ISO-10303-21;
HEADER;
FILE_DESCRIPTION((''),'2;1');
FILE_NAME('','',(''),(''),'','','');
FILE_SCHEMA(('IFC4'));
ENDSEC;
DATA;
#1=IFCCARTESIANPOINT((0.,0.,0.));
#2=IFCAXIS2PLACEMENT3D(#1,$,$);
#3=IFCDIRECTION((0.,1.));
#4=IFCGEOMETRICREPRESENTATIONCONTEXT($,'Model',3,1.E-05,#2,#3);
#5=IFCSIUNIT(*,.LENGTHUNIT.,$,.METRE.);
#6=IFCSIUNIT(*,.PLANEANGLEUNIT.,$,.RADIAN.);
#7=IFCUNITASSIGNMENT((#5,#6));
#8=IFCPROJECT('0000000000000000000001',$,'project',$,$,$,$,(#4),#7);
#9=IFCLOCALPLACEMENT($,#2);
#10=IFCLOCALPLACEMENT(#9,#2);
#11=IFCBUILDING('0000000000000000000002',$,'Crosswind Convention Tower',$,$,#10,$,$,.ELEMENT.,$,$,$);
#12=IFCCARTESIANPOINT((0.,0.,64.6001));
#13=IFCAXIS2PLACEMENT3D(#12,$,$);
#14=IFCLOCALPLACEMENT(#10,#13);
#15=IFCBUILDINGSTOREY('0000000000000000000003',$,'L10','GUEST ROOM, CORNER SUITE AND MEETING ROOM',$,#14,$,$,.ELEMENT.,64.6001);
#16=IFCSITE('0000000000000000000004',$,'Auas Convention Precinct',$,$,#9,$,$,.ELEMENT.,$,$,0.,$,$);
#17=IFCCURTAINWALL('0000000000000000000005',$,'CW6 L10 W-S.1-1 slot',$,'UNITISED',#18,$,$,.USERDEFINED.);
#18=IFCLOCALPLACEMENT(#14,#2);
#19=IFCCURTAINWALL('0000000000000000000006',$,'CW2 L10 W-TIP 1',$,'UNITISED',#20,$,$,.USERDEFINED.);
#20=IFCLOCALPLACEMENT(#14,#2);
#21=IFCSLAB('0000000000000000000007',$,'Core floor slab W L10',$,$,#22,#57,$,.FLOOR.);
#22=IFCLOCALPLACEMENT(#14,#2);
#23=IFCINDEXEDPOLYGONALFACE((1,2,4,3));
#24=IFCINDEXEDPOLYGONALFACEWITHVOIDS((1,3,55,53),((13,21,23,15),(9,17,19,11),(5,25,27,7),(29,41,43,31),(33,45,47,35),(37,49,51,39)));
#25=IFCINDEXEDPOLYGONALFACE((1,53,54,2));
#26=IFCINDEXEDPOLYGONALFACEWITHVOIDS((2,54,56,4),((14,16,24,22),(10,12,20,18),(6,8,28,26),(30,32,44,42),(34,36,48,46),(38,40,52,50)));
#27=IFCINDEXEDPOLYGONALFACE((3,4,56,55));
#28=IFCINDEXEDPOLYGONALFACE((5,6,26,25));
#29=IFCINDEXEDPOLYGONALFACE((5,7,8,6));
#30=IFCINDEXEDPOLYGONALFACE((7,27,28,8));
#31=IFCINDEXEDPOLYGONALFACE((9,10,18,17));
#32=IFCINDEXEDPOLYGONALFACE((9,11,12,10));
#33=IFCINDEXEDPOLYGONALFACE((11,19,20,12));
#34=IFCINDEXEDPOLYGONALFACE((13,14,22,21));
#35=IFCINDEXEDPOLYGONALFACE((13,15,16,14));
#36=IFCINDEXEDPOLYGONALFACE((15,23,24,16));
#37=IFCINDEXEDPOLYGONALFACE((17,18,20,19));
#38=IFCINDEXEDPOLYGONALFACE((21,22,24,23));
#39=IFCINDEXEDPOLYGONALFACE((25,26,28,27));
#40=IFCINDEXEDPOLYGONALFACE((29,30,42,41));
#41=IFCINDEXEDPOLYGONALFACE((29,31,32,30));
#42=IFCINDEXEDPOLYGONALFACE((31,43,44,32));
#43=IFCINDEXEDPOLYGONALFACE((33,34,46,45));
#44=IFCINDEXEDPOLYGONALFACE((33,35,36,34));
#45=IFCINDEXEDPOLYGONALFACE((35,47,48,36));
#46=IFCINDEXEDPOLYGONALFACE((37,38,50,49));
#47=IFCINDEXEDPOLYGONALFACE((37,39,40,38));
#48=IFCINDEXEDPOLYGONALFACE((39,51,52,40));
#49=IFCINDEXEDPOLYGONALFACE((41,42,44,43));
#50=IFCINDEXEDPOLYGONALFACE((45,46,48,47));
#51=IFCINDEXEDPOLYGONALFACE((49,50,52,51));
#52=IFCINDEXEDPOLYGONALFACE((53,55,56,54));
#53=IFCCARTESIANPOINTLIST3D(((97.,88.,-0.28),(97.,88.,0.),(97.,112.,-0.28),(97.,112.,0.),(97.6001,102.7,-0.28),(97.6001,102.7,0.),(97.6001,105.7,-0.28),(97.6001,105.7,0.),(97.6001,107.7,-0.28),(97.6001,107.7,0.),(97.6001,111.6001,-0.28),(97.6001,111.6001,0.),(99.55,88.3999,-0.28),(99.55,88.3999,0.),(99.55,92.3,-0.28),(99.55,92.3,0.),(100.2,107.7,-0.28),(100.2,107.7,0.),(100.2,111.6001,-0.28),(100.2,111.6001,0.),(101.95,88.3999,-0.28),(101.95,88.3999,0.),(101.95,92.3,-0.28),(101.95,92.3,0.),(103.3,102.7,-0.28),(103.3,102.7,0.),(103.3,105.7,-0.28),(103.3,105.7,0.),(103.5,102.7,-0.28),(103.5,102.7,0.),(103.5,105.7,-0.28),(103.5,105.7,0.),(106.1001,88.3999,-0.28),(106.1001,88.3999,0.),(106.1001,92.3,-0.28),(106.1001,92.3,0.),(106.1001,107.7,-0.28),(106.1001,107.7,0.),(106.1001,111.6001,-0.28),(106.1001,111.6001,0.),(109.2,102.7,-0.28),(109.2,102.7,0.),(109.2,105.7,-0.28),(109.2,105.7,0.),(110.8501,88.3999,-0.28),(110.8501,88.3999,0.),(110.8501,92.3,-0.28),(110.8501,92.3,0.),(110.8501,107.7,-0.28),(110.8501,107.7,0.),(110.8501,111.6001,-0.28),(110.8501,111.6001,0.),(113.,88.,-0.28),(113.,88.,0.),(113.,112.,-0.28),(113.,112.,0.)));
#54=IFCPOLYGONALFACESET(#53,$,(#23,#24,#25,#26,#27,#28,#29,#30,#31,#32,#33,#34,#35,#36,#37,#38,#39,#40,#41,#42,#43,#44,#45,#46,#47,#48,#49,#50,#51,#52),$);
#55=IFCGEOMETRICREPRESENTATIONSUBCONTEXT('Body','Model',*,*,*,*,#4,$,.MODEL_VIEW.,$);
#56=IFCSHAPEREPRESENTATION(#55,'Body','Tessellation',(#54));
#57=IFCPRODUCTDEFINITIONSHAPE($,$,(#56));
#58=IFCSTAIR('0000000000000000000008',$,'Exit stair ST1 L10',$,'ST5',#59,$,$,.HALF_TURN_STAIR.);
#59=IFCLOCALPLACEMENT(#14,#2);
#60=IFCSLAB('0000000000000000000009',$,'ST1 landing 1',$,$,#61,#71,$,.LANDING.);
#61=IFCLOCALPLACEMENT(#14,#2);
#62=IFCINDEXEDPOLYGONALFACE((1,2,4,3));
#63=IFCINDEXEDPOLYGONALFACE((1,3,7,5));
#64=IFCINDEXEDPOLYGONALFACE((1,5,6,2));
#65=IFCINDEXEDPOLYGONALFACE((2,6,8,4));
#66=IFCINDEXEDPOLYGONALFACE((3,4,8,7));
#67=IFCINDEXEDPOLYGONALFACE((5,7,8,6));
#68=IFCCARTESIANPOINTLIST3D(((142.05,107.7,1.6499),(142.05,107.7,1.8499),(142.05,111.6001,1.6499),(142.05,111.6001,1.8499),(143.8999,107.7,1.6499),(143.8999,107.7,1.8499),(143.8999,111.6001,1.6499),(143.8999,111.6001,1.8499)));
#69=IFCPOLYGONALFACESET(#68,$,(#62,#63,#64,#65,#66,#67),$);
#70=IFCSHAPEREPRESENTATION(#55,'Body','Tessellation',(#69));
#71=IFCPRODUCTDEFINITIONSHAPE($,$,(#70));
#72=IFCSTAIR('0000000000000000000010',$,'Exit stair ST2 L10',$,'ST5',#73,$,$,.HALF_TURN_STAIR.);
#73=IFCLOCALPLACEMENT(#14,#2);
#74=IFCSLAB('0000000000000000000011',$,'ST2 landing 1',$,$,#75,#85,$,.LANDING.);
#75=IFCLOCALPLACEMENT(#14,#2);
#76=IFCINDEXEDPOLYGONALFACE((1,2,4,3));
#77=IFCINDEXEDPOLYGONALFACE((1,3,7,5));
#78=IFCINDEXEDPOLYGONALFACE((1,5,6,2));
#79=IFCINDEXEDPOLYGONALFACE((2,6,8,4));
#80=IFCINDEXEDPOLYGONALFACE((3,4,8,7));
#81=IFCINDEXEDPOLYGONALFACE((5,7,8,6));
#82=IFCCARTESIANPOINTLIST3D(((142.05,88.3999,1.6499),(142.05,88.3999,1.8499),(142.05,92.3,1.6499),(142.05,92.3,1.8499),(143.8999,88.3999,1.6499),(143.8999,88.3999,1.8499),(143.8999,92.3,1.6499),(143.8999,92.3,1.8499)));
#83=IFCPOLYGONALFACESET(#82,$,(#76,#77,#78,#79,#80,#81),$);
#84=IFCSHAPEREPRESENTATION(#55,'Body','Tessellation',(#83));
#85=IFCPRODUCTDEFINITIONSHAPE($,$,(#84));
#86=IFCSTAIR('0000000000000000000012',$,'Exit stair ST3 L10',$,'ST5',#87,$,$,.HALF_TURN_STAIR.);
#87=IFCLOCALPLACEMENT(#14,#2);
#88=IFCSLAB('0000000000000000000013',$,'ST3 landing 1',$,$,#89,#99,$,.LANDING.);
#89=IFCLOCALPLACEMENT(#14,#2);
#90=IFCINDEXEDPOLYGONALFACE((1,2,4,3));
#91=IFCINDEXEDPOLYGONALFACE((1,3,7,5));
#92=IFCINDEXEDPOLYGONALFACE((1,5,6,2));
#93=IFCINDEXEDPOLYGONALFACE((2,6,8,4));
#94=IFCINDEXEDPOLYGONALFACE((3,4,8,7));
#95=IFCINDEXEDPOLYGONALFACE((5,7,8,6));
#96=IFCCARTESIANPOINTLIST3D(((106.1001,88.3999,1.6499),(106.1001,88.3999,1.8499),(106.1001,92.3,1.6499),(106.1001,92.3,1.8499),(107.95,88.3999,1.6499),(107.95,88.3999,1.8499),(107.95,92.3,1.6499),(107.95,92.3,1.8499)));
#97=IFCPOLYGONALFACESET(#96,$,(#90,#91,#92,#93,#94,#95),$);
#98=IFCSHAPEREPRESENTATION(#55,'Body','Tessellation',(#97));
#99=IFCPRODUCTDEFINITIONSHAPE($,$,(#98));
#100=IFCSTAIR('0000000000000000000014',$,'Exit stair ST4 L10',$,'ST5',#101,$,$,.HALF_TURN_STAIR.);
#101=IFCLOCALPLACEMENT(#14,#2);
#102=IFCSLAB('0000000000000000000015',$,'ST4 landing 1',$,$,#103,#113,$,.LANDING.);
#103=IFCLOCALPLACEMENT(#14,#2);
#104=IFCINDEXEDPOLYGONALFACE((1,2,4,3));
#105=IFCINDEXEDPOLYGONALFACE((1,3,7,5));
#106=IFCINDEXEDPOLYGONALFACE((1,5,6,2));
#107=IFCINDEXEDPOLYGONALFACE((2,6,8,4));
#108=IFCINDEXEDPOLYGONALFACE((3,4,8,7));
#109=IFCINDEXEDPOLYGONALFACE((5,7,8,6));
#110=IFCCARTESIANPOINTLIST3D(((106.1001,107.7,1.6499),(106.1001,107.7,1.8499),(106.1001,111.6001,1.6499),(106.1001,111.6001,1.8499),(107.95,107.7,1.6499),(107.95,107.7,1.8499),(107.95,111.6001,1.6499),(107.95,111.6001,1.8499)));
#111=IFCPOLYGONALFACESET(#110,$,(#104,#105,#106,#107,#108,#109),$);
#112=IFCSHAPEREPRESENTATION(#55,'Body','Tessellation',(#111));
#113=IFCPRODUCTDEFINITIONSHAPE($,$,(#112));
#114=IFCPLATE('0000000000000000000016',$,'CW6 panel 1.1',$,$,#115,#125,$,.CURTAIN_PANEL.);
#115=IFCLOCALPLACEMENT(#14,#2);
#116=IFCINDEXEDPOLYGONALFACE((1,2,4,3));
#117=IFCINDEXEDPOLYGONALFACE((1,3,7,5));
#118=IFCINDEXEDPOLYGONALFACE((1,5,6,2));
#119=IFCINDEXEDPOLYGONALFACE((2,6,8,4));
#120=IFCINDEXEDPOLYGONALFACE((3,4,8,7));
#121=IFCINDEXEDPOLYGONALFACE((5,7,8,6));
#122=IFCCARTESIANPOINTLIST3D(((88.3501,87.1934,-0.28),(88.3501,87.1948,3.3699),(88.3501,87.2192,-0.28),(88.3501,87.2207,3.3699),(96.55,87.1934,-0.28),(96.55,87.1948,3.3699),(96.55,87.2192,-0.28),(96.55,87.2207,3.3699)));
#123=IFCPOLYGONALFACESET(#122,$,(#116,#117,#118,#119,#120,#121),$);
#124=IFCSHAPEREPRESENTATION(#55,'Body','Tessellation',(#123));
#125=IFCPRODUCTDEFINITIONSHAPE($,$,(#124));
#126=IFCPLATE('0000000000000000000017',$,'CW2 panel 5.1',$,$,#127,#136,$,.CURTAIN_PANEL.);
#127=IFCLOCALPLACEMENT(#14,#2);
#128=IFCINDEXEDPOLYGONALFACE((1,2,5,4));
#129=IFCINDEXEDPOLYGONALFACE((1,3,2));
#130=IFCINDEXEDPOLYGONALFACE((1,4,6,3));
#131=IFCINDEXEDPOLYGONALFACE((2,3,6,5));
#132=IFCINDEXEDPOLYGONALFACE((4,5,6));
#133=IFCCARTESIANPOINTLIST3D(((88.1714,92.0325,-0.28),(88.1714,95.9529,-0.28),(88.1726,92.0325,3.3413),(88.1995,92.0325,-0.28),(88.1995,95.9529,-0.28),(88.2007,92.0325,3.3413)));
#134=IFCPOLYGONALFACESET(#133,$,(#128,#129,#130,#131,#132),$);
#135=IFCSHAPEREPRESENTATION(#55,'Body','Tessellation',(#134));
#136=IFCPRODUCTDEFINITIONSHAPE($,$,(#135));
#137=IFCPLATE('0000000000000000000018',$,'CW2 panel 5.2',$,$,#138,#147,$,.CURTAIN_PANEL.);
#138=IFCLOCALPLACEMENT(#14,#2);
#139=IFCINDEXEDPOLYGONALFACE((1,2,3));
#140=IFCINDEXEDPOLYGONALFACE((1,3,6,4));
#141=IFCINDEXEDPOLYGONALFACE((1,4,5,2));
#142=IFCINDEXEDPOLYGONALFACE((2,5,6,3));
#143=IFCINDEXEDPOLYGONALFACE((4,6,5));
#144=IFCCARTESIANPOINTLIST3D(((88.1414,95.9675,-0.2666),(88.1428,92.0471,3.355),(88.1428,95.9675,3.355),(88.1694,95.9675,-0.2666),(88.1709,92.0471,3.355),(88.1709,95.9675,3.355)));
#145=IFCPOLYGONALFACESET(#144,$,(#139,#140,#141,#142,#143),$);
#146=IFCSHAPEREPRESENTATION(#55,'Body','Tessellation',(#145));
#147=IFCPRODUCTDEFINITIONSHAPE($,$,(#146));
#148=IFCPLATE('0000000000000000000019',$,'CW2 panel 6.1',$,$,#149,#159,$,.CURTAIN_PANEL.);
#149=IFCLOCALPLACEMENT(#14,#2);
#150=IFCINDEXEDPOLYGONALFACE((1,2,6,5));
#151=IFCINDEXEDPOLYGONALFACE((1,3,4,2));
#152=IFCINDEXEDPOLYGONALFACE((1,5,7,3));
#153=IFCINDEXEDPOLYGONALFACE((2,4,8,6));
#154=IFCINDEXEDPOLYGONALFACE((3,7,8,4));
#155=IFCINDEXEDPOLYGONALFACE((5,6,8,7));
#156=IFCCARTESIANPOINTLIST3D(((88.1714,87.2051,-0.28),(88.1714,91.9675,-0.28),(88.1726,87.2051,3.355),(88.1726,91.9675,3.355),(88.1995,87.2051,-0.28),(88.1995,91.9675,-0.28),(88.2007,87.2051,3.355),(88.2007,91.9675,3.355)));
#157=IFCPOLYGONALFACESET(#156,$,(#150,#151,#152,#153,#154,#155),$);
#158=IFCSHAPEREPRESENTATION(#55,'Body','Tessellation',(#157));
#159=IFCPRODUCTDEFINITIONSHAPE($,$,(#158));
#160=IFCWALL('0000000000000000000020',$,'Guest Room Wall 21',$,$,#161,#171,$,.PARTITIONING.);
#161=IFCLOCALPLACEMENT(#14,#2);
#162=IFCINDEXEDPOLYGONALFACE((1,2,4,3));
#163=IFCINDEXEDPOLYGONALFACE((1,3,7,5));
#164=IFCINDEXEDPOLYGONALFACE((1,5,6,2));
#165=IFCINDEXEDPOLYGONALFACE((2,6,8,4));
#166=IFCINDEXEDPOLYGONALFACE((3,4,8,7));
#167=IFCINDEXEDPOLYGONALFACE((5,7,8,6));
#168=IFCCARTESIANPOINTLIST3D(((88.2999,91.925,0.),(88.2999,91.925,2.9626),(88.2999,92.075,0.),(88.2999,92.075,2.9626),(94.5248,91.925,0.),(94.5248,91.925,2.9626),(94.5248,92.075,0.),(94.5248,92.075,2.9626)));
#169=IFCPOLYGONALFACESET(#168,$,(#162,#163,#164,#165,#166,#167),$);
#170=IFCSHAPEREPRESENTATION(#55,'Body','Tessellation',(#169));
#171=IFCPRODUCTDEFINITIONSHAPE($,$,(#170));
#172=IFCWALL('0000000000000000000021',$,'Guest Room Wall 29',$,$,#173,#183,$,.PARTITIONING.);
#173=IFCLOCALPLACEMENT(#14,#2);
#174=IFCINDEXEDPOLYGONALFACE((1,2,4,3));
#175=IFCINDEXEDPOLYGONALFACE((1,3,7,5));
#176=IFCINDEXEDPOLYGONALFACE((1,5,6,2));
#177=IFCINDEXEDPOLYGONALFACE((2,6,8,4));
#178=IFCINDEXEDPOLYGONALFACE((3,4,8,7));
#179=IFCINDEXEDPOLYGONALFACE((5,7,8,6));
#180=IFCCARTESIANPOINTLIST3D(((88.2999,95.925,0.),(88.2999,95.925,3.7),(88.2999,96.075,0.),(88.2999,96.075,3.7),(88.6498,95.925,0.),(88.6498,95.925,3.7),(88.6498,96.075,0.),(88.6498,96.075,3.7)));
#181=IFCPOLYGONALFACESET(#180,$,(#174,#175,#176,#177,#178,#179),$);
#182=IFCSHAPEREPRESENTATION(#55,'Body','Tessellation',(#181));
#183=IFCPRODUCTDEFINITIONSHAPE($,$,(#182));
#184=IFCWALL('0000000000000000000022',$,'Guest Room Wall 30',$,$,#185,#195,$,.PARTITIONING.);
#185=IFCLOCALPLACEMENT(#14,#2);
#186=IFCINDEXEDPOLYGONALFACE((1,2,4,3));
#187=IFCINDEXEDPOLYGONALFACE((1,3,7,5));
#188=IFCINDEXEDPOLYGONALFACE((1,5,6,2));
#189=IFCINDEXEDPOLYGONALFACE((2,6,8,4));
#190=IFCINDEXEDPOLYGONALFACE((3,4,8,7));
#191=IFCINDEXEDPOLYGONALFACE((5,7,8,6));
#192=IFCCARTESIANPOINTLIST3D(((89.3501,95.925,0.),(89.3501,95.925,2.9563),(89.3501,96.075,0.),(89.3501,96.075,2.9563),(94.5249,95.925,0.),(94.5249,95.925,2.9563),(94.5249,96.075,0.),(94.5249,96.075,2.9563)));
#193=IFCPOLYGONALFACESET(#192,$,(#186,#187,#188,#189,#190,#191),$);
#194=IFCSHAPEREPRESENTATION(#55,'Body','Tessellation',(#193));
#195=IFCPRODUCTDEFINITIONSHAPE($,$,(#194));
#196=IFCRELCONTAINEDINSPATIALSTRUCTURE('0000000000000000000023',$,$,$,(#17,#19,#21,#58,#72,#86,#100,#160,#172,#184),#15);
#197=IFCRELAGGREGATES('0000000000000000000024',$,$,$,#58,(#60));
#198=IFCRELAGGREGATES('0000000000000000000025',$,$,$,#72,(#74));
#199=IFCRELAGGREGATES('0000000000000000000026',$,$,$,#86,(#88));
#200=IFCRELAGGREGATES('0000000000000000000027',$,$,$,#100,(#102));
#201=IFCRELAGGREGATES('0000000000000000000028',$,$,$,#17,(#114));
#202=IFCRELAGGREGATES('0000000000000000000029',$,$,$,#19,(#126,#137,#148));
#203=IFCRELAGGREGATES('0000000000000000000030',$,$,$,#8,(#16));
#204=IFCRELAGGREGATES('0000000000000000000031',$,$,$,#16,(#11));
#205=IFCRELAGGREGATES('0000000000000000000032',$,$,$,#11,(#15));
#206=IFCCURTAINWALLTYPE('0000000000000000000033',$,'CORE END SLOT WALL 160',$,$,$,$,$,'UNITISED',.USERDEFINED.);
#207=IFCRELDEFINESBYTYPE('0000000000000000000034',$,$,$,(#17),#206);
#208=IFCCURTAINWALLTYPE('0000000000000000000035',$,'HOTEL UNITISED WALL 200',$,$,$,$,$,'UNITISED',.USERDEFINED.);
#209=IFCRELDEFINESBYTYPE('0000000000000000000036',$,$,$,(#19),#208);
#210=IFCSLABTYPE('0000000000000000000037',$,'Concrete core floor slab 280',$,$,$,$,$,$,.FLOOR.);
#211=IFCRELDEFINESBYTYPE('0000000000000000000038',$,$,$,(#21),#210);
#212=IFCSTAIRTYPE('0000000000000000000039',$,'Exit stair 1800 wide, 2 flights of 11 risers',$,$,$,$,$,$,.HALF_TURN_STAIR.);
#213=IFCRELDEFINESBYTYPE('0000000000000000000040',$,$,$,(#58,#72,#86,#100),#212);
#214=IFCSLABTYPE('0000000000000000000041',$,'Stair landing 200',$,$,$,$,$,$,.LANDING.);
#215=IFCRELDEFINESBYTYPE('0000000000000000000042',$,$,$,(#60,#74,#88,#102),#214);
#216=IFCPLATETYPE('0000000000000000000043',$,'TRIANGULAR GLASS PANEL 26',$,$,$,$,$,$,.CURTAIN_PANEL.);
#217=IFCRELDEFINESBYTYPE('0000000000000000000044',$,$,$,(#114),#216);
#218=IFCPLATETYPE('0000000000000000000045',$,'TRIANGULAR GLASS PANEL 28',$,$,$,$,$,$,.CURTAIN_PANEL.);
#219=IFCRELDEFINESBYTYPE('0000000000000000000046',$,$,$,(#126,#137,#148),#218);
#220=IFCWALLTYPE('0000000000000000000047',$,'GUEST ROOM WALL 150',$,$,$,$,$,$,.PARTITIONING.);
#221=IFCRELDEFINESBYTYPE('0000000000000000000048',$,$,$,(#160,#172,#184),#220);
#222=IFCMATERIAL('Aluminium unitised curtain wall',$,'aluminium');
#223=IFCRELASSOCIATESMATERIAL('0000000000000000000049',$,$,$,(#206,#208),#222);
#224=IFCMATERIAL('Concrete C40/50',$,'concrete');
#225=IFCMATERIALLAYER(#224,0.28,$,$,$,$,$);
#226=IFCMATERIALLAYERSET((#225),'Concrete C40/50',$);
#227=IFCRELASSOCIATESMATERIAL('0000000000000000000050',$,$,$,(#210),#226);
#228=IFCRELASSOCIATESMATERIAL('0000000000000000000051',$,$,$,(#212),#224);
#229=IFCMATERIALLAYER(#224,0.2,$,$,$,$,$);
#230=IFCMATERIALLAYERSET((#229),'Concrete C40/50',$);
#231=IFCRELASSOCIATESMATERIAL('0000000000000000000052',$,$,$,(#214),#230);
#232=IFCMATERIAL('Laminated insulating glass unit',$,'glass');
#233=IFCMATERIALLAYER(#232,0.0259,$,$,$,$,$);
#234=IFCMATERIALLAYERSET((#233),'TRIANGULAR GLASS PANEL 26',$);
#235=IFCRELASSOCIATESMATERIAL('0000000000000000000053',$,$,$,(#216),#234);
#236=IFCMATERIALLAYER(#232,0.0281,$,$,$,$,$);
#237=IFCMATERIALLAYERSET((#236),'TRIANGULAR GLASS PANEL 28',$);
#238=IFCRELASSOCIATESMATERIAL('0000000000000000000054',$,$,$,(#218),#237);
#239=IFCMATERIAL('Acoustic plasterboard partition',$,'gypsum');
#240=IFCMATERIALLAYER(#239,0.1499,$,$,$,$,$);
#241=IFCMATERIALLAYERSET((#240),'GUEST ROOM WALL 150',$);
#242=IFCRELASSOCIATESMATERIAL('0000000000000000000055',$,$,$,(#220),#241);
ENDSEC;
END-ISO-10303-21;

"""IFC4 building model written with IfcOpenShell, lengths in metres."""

from ifc_helpers import new_model, si_unit, direction, frame, frame_2d, origin, place, context, subcontext, project, spatial, polyline, rectangle, outline, extrude, material, layer, layer_set, type_object, element, aggregate, save


model = new_model("IFC4")

# Units and contexts
model_context = context("Model", 3, precision=1e-05, world=origin(), true_north=direction((0.0, 1.0)))
body_context = subcontext(model_context, "Body", "Model", "MODEL_VIEW")
ifc_project = project(units=[si_unit("LENGTHUNIT", "METRE"), si_unit("PLANEANGLEUNIT", "RADIAN")], contexts=[model_context])

# Site, building, storey
site_placement = place(None, origin())
site = spatial("IfcSite", under=ifc_project, at=site_placement, Name="Auas Convention Precinct", CompositionType="ELEMENT", RefElevation=0.0)
building_placement = place(site_placement, origin())
building = spatial("IfcBuilding", under=site, at=building_placement, Name="Crosswind Convention Tower", CompositionType="ELEMENT")
storey_placement = place(building_placement, frame((0.0, 0.0, 64.6001)))
storey = spatial("IfcBuildingStorey", under=building, at=storey_placement, Name="L10", Description="GUEST ROOM, CORNER SUITE AND MEETING ROOM", CompositionType="ELEMENT", Elevation=64.6001)

# Curtain wall
ifc_material_1 = material(Name="Aluminium unitised curtain wall", Category="aluminium")
curtain_wall_type_1 = type_object("IfcCurtainWallType", Name="CORE END SLOT WALL 160", ElementType="UNITISED", PredefinedType="USERDEFINED", material=ifc_material_1)
curtain_wall_1_placement = place(storey_placement, origin())
curtain_wall_1 = element("IfcCurtainWall", 1, at=curtain_wall_1_placement, inside=storey, type_object=curtain_wall_type_1, Name="CW6 L10 W-S.1-1 slot", ObjectType="UNITISED", PredefinedType="USERDEFINED")

# Curtain wall
curtain_wall_type_2 = type_object("IfcCurtainWallType", Name="HOTEL UNITISED WALL 200", ElementType="UNITISED", PredefinedType="USERDEFINED", material=ifc_material_1)
curtain_wall_2_placement = place(storey_placement, origin())
curtain_wall_2 = element("IfcCurtainWall", 2, at=curtain_wall_2_placement, inside=storey, type_object=curtain_wall_type_2, Name="CW2 L10 W-TIP 1", ObjectType="UNITISED", PredefinedType="USERDEFINED")

# Slab
ifc_material_2 = material(Name="Concrete C40/50", Category="concrete")
ifc_layer_1 = layer(ifc_material_2, 0.28)
ifc_layer_set_1 = layer_set([ifc_layer_1], Name="Concrete C40/50")
slab_type_1 = type_object("IfcSlabType", Name="Concrete core floor slab 280", PredefinedType="FLOOR", material=ifc_layer_set_1)
slab_1_placement = place(storey_placement, frame((0.0, 0.0, -0.28)))
element("IfcSlab", 3, at=slab_1_placement, inside=storey, type_object=slab_type_1, Name="Core floor slab W L10", PredefinedType="FLOOR", context=body_context, shape_type="SweptSolid", body=[
    extrude(outline(polyline([(97.0, 88.0), (113.0, 88.0), (113.0, 112.0), (97.0, 112.0), (97.0, 88.0)]), holes=[polyline([(109.2, 102.7), (109.2, 105.7), (103.5, 105.7), (103.5, 102.7), (109.2, 102.7)]), polyline([(103.3, 102.7), (103.3, 105.7), (97.6001, 105.7), (97.6001, 102.7), (103.3, 102.7)]), polyline([(101.95, 88.3999), (101.95, 92.3), (99.55, 92.3), (99.55, 88.3999), (101.95, 88.3999)]), polyline([(100.2, 107.7), (100.2, 111.6001), (97.6001, 111.6001), (97.6001, 107.7), (100.2, 107.7)]), polyline([(110.8501, 88.3999), (110.8501, 92.3), (106.1001, 92.3), (106.1001, 88.3999), (110.8501, 88.3999)]), polyline([(110.8501, 107.7), (110.8501, 111.6001), (106.1001, 111.6001), (106.1001, 107.7), (110.8501, 107.7)])]), origin(), (0.0, 0.0, 1.0), 0.28),
])

# Stairs, slabs
stair_type = type_object("IfcStairType", Name="Exit stair 1800 wide, 2 flights of 11 risers", PredefinedType="HALF_TURN_STAIR", material=ifc_material_2)
stair_1_placement = place(storey_placement, origin())
stair_1 = element("IfcStair", 4, at=stair_1_placement, inside=storey, type_object=stair_type, Name="Exit stair ST1 L10", ObjectType="ST5", PredefinedType="HALF_TURN_STAIR")
ifc_layer_2 = layer(ifc_material_2, 0.2)
ifc_layer_set_2 = layer_set([ifc_layer_2], Name="Concrete C40/50")
slab_type_2 = type_object("IfcSlabType", Name="Stair landing 200", PredefinedType="LANDING", material=ifc_layer_set_2)
slab_2_placement = place(storey_placement, frame((0.0, 0.0, 1.6499)))
slab_2 = element("IfcSlab", 5, at=slab_2_placement, type_object=slab_type_2, Name="ST1 landing 1", PredefinedType="LANDING", context=body_context, shape_type="SweptSolid", body=[
    extrude(outline(polyline([(143.8999, 107.7), (143.8999, 111.6001), (142.05, 111.6001), (142.05, 107.7), (143.8999, 107.7)])), origin(), (0.0, 0.0, 1.0), 0.2),
])
aggregate(stair_1, [slab_2])
stair_2_placement = place(storey_placement, origin())
stair_2 = element("IfcStair", 6, at=stair_2_placement, inside=storey, type_object=stair_type, Name="Exit stair ST2 L10", ObjectType="ST5", PredefinedType="HALF_TURN_STAIR")
slab_3_placement = place(storey_placement, frame((0.0, 0.0, 1.6499)))
slab_3 = element("IfcSlab", 7, at=slab_3_placement, type_object=slab_type_2, Name="ST2 landing 1", PredefinedType="LANDING", context=body_context, shape_type="SweptSolid", body=[
    extrude(outline(polyline([(143.8999, 88.3999), (143.8999, 92.3), (142.05, 92.3), (142.05, 88.3999), (143.8999, 88.3999)])), origin(), (0.0, 0.0, 1.0), 0.2),
])
aggregate(stair_2, [slab_3])
stair_3_placement = place(storey_placement, origin())
stair_3 = element("IfcStair", 8, at=stair_3_placement, inside=storey, type_object=stair_type, Name="Exit stair ST3 L10", ObjectType="ST5", PredefinedType="HALF_TURN_STAIR")
slab_4_placement = place(storey_placement, frame((0.0, 0.0, 1.6499)))
slab_4 = element("IfcSlab", 9, at=slab_4_placement, type_object=slab_type_2, Name="ST3 landing 1", PredefinedType="LANDING", context=body_context, shape_type="SweptSolid", body=[
    extrude(outline(polyline([(107.95, 88.3999), (107.95, 92.3), (106.1001, 92.3), (106.1001, 88.3999), (107.95, 88.3999)])), origin(), (0.0, 0.0, 1.0), 0.2),
])
aggregate(stair_3, [slab_4])
stair_4_placement = place(storey_placement, origin())
stair_4 = element("IfcStair", 10, at=stair_4_placement, inside=storey, type_object=stair_type, Name="Exit stair ST4 L10", ObjectType="ST5", PredefinedType="HALF_TURN_STAIR")
slab_5_placement = place(storey_placement, frame((0.0, 0.0, 1.6499)))
slab_5 = element("IfcSlab", 11, at=slab_5_placement, type_object=slab_type_2, Name="ST4 landing 1", PredefinedType="LANDING", context=body_context, shape_type="SweptSolid", body=[
    extrude(outline(polyline([(107.95, 107.7), (107.95, 111.6001), (106.1001, 111.6001), (106.1001, 107.7), (107.95, 107.7)])), origin(), (0.0, 0.0, 1.0), 0.2),
])
aggregate(stair_4, [slab_5])

# Plates
ifc_material_3 = material(Name="Laminated insulating glass unit", Category="glass")
ifc_layer_3 = layer(ifc_material_3, 0.0259)
ifc_layer_set_3 = layer_set([ifc_layer_3], Name="TRIANGULAR GLASS PANEL 26")
plate_type_1 = type_object("IfcPlateType", Name="TRIANGULAR GLASS PANEL 26", PredefinedType="CURTAIN_PANEL", material=ifc_layer_set_3)
plate_1_placement = place(storey_placement, frame((88.3501, 87.1934, -0.28), z_axis=(0.0, -1.0, 0.000401), x_axis=(1.0, 0.0, 0.0)))
plate_1 = element("IfcPlate", 12, at=plate_1_placement, type_object=plate_type_1, Name="CW6 panel 1.1", PredefinedType="CURTAIN_PANEL", context=body_context, shape_type="SweptSolid", body=[
    extrude(outline(polyline([(0.0, 0.0), (8.2, 0.0), (8.2, 3.6499), (0.0, 3.6499), (0.0, 0.0)])), origin(), (0.0, 0.0, -1.0), 0.0259),
])
aggregate(curtain_wall_1, [plate_1])
ifc_layer_4 = layer(ifc_material_3, 0.0281)
ifc_layer_set_4 = layer_set([ifc_layer_4], Name="TRIANGULAR GLASS PANEL 28")
plate_type_2 = type_object("IfcPlateType", Name="TRIANGULAR GLASS PANEL 28", PredefinedType="CURTAIN_PANEL", material=ifc_layer_set_4)
plate_2_placement = place(storey_placement, frame((88.1714, 92.0325, -0.28), z_axis=(-1.0, 0.0, 0.000337), x_axis=(0.000337, 0.0, 1.0)))
plate_2 = element("IfcPlate", 13, at=plate_2_placement, type_object=plate_type_2, Name="CW2 panel 5.1", PredefinedType="CURTAIN_PANEL", context=body_context, shape_type="SweptSolid", body=[
    extrude(outline(polyline([(0.0, 0.0), (3.6213, 0.0), (0.0, 3.9204), (0.0, 0.0)])), origin(), (0.0, 0.0, -1.0), 0.0281),
])
plate_3_placement = place(storey_placement, frame((88.1428, 95.9675, 3.355), z_axis=(-1.0, 0.0, 0.000404), x_axis=(-0.000404, 0.0, -1.0)))
plate_3 = element("IfcPlate", 14, at=plate_3_placement, type_object=plate_type_2, Name="CW2 panel 5.2", PredefinedType="CURTAIN_PANEL", context=body_context, shape_type="SweptSolid", body=[
    extrude(outline(polyline([(0.0, 0.0), (3.6216, 0.0), (0.0, 3.9204), (0.0, 0.0)])), origin(), (0.0, 0.0, -1.0), 0.0281),
])
plate_4_placement = place(storey_placement, frame((88.1714, 91.9675, -0.28), z_axis=(-1.0, 0.0, 0.000336), x_axis=(0.0, -1.0, 0.0)))
plate_4 = element("IfcPlate", 15, at=plate_4_placement, type_object=plate_type_2, Name="CW2 panel 6.1", PredefinedType="CURTAIN_PANEL", context=body_context, shape_type="SweptSolid", body=[
    extrude(outline(polyline([(0.0, 0.0), (4.7625, 0.0), (4.7625, 3.635), (0.0, 3.635), (0.0, 0.0)])), origin(), (0.0, 0.0, -1.0), 0.0281),
])
aggregate(curtain_wall_2, [plate_2, plate_3, plate_4])

# Walls
ifc_material_4 = material(Name="Acoustic plasterboard partition", Category="gypsum")
ifc_layer_5 = layer(ifc_material_4, 0.1499)
ifc_layer_set_5 = layer_set([ifc_layer_5], Name="GUEST ROOM WALL 150")
wall_type_1 = type_object("IfcWallType", Name="GUEST ROOM WALL 150", PredefinedType="PARTITIONING", material=ifc_layer_set_5)
wall_1_placement = place(storey_placement, frame((88.3, 92.0, 0.0), z_axis=(0.0, 0.0, 1.0), x_axis=(1.0, 0.0, 0.0)))
element("IfcWall", 16, at=wall_1_placement, inside=storey, type_object=wall_type_1, Name="Guest Room Wall 21", PredefinedType="PARTITIONING", context=body_context, shape_type="SweptSolid", body=[
    extrude(rectangle(XDim=6.2249, YDim=0.1499, at=frame_2d((3.1123, 0.0))), origin(), (0.0, 0.0, 1.0), 2.9626),
])
wall_2_placement = place(storey_placement, frame((88.3, 96.0, 0.0), z_axis=(0.0, 0.0, 1.0), x_axis=(1.0, 0.0, 0.0)))
element("IfcWall", 17, at=wall_2_placement, inside=storey, type_object=wall_type_1, Name="Guest Room Wall 29", PredefinedType="PARTITIONING", context=body_context, shape_type="SweptSolid", body=[
    extrude(rectangle(XDim=0.3499, YDim=0.1499, at=frame_2d((0.1748, 0.0))), origin(), (0.0, 0.0, 1.0), 3.7),
])
wall_3_placement = place(storey_placement, frame((89.3501, 96.0, 0.0), z_axis=(0.0, 0.0, 1.0), x_axis=(1.0, 0.0, 0.0)))
element("IfcWall", 18, at=wall_3_placement, inside=storey, type_object=wall_type_1, Name="Guest Room Wall 30", PredefinedType="PARTITIONING", context=body_context, shape_type="SweptSolid", body=[
    extrude(rectangle(XDim=5.1748, YDim=0.1499, at=frame_2d((2.5874, 0.0))), origin(), (0.0, 0.0, 1.0), 2.9563),
])

save(model, "model.ifc")
